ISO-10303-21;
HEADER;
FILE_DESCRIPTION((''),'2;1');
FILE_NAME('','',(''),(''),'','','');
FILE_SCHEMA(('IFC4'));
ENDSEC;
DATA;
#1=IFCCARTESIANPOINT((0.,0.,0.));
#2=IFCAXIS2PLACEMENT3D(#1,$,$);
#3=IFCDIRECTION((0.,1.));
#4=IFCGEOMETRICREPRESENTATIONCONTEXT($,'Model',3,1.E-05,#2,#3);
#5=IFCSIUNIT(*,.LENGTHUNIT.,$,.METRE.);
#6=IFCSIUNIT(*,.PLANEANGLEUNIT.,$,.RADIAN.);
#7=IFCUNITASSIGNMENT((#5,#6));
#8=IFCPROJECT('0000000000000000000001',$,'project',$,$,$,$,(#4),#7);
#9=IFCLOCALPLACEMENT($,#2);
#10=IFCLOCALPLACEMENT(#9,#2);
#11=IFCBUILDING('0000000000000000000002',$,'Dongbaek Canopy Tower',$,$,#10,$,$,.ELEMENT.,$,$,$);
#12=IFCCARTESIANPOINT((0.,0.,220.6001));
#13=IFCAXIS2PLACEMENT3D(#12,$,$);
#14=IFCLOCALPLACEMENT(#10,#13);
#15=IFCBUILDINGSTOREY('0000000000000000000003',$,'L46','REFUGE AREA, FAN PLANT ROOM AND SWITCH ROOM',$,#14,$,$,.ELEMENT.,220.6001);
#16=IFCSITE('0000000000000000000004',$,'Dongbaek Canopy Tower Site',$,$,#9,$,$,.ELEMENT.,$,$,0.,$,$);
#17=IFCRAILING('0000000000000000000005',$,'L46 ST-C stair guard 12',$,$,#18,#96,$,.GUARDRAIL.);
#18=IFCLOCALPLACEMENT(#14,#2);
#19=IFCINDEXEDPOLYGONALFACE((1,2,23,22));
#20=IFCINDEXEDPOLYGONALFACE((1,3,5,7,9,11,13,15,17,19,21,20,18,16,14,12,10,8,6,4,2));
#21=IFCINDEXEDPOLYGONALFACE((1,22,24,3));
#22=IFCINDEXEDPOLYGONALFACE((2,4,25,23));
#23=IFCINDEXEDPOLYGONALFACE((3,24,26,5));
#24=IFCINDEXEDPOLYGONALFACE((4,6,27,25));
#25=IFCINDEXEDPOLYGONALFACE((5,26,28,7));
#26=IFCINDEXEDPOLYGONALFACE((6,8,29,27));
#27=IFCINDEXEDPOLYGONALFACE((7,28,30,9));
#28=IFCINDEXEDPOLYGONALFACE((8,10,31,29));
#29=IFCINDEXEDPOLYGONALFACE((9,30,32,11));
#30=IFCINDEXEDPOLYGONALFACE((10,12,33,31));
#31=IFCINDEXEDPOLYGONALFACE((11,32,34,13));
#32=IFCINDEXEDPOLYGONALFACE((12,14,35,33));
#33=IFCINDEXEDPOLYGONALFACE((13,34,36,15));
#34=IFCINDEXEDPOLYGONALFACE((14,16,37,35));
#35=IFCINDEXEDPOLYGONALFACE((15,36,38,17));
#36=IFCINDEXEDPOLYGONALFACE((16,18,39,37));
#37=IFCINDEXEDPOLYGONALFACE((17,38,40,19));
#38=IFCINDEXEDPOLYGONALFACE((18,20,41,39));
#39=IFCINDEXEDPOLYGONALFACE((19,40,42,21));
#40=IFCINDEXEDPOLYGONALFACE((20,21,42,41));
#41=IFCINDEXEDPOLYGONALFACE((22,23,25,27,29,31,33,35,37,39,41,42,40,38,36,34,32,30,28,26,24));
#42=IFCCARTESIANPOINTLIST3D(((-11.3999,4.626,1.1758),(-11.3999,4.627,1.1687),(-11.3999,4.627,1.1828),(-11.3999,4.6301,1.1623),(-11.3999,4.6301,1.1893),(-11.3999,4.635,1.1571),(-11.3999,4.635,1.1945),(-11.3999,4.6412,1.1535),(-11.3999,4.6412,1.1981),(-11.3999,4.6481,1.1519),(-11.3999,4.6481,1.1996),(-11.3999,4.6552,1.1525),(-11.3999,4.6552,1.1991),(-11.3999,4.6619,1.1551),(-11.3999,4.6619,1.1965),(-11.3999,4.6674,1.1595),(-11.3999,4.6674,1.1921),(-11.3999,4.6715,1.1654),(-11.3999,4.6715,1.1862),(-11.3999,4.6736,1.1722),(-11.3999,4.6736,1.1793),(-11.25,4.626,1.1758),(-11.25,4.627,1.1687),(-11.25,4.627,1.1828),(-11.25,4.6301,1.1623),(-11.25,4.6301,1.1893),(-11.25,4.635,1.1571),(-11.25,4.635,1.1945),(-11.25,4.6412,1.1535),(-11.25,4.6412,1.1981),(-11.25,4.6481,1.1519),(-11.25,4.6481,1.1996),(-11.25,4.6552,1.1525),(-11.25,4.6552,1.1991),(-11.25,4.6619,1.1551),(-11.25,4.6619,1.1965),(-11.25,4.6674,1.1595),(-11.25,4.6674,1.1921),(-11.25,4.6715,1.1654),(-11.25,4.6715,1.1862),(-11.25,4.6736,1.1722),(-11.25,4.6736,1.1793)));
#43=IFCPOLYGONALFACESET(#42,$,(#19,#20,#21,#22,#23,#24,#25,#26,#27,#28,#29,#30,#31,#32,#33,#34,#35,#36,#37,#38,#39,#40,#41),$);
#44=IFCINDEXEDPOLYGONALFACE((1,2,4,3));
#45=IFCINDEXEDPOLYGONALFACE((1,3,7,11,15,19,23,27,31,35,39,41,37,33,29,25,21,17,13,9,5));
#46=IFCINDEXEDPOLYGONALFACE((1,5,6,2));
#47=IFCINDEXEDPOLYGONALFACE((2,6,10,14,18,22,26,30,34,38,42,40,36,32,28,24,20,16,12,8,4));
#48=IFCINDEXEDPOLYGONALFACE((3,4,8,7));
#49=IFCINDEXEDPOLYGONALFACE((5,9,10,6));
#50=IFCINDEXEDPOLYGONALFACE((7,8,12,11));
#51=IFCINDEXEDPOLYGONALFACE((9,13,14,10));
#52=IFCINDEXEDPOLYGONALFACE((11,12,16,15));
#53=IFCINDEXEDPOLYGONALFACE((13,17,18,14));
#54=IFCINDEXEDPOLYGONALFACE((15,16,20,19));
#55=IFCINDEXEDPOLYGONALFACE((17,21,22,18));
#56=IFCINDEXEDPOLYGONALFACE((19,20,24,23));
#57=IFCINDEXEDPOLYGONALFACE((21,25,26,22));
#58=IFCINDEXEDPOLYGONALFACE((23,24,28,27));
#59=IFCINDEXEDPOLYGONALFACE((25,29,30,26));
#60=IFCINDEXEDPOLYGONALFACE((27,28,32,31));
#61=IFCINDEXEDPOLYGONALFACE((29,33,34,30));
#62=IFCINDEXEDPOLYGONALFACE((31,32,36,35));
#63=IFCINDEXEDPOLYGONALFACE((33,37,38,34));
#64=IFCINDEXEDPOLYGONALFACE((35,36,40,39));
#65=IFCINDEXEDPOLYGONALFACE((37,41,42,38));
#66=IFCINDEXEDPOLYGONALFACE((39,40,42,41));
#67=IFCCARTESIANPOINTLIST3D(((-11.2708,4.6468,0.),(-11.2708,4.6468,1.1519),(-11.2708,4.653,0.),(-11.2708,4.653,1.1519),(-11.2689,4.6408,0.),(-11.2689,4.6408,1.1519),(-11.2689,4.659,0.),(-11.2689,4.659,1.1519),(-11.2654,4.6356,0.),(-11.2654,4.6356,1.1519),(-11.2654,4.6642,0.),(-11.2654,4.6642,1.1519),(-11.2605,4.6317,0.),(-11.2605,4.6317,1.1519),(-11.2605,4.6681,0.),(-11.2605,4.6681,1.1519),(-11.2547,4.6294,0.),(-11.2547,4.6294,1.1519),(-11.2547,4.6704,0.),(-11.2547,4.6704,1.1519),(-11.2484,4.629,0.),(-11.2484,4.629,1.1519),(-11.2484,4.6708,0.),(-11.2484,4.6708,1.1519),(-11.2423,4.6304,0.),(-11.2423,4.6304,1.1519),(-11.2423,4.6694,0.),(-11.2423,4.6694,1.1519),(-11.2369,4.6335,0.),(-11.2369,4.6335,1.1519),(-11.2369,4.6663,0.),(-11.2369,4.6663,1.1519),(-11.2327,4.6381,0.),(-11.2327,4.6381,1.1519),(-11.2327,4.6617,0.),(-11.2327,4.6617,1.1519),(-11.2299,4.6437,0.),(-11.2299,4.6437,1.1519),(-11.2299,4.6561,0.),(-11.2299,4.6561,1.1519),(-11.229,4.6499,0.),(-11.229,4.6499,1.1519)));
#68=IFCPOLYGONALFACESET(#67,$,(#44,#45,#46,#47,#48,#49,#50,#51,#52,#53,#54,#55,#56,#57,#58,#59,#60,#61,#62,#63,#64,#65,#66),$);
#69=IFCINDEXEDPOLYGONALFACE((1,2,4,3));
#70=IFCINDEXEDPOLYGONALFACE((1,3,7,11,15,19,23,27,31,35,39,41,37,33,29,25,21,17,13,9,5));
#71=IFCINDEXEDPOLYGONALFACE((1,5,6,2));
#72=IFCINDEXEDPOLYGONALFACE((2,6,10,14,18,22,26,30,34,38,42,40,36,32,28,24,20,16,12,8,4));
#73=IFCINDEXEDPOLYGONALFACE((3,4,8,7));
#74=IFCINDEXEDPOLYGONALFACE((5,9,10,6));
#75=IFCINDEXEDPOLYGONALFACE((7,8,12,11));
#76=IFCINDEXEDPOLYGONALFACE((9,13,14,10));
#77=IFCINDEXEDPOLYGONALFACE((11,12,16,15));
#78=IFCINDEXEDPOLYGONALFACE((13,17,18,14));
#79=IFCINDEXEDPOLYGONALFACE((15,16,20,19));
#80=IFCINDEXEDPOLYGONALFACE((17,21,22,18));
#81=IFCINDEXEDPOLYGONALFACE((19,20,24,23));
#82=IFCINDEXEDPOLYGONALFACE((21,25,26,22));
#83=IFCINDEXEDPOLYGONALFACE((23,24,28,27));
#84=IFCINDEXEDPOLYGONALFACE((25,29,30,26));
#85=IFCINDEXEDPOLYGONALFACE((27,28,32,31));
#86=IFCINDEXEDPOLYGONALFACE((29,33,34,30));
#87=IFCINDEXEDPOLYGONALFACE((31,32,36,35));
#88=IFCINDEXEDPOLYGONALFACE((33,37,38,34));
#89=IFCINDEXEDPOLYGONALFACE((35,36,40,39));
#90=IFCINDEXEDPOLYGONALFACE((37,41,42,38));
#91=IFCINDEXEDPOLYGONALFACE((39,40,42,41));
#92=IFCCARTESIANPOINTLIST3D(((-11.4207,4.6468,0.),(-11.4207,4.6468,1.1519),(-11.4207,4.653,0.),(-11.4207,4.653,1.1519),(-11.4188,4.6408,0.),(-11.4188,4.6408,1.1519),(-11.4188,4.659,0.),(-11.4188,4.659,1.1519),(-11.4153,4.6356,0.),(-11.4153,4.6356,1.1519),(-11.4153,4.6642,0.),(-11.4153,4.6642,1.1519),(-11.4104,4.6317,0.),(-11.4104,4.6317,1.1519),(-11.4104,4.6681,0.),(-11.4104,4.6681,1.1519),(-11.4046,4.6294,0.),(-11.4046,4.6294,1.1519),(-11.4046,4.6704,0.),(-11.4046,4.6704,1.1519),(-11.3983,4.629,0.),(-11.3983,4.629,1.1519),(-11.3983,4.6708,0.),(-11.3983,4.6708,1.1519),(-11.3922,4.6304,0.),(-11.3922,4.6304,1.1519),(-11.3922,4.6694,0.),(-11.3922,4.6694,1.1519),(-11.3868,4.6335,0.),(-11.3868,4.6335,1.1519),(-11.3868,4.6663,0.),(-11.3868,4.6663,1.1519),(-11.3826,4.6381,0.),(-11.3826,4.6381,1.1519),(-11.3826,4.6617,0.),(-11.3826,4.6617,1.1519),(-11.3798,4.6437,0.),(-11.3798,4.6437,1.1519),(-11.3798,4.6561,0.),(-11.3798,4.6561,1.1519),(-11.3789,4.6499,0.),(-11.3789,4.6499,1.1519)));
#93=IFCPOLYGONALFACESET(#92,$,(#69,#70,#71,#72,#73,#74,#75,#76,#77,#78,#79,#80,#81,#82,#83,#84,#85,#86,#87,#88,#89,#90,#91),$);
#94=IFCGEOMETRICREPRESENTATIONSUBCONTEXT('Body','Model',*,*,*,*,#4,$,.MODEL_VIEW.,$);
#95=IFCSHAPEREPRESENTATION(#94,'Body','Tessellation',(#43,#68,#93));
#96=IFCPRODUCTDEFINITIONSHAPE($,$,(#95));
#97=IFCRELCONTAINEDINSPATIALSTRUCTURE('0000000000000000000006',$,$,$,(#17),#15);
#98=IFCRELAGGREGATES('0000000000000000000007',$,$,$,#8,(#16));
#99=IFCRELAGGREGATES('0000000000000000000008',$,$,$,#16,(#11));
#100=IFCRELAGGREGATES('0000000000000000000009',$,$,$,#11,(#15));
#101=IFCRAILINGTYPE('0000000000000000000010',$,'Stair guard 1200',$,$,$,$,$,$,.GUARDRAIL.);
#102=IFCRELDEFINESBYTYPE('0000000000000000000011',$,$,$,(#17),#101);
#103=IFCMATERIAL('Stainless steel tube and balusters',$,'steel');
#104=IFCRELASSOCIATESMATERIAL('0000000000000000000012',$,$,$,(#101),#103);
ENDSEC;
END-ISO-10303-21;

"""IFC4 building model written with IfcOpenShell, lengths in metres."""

from ifc_helpers import new_model, si_unit, direction, frame, origin, origin_2d, place, context, subcontext, project, spatial, circle, extrude, material, type_object, element, save


model = new_model("IFC4")

# Units and contexts
model_context = context("Model", 3, precision=1e-05, world=origin(), true_north=direction((0.0, 1.0)))
body_context = subcontext(model_context, "Body", "Model", "MODEL_VIEW")
ifc_project = project(units=[si_unit("LENGTHUNIT", "METRE"), si_unit("PLANEANGLEUNIT", "RADIAN")], contexts=[model_context])

# Site, building, storey
site_placement = place(None, origin())
site = spatial("IfcSite", under=ifc_project, at=site_placement, Name="Dongbaek Canopy Tower Site", CompositionType="ELEMENT", RefElevation=0.0)
building_placement = place(site_placement, origin())
building = spatial("IfcBuilding", under=site, at=building_placement, Name="Dongbaek Canopy Tower", CompositionType="ELEMENT")
storey_placement = place(building_placement, frame((0.0, 0.0, 220.6001)))
storey = spatial("IfcBuildingStorey", under=building, at=storey_placement, Name="L46", Description="REFUGE AREA, FAN PLANT ROOM AND SWITCH ROOM", CompositionType="ELEMENT", Elevation=220.6001)

# Railing
ifc_material_1 = material(Name="Stainless steel tube and balusters", Category="steel")
railing_type = type_object("IfcRailingType", Name="Stair guard 1200", PredefinedType="GUARDRAIL", material=ifc_material_1)
railing_1_placement = place(storey_placement, frame((-11.25, 4.6499, 0.0)))
element("IfcRailing", 1, at=railing_1_placement, inside=storey, type_object=railing_type, Name="L46 ST-C stair guard 12", PredefinedType="GUARDRAIL", context=body_context, shape_type="SweptSolid", body=[
    extrude(circle(Radius=0.0239, at=origin_2d()), frame((0.0, 0.0, 1.1758), z_axis=(-1.0, 0.0, 0.0), x_axis=(0.0, -1.0, 0.0)), (0.0, 0.0, 1.0), 0.1499),
    extrude(circle(Radius=0.021, at=origin_2d()), origin(), (0.0, 0.0, 1.0), 1.1519),
    extrude(circle(Radius=0.021, at=origin_2d()), frame((-0.1499, 0.0, 0.0)), (0.0, 0.0, 1.0), 1.1519),
])

save(model, "model.ifc")
